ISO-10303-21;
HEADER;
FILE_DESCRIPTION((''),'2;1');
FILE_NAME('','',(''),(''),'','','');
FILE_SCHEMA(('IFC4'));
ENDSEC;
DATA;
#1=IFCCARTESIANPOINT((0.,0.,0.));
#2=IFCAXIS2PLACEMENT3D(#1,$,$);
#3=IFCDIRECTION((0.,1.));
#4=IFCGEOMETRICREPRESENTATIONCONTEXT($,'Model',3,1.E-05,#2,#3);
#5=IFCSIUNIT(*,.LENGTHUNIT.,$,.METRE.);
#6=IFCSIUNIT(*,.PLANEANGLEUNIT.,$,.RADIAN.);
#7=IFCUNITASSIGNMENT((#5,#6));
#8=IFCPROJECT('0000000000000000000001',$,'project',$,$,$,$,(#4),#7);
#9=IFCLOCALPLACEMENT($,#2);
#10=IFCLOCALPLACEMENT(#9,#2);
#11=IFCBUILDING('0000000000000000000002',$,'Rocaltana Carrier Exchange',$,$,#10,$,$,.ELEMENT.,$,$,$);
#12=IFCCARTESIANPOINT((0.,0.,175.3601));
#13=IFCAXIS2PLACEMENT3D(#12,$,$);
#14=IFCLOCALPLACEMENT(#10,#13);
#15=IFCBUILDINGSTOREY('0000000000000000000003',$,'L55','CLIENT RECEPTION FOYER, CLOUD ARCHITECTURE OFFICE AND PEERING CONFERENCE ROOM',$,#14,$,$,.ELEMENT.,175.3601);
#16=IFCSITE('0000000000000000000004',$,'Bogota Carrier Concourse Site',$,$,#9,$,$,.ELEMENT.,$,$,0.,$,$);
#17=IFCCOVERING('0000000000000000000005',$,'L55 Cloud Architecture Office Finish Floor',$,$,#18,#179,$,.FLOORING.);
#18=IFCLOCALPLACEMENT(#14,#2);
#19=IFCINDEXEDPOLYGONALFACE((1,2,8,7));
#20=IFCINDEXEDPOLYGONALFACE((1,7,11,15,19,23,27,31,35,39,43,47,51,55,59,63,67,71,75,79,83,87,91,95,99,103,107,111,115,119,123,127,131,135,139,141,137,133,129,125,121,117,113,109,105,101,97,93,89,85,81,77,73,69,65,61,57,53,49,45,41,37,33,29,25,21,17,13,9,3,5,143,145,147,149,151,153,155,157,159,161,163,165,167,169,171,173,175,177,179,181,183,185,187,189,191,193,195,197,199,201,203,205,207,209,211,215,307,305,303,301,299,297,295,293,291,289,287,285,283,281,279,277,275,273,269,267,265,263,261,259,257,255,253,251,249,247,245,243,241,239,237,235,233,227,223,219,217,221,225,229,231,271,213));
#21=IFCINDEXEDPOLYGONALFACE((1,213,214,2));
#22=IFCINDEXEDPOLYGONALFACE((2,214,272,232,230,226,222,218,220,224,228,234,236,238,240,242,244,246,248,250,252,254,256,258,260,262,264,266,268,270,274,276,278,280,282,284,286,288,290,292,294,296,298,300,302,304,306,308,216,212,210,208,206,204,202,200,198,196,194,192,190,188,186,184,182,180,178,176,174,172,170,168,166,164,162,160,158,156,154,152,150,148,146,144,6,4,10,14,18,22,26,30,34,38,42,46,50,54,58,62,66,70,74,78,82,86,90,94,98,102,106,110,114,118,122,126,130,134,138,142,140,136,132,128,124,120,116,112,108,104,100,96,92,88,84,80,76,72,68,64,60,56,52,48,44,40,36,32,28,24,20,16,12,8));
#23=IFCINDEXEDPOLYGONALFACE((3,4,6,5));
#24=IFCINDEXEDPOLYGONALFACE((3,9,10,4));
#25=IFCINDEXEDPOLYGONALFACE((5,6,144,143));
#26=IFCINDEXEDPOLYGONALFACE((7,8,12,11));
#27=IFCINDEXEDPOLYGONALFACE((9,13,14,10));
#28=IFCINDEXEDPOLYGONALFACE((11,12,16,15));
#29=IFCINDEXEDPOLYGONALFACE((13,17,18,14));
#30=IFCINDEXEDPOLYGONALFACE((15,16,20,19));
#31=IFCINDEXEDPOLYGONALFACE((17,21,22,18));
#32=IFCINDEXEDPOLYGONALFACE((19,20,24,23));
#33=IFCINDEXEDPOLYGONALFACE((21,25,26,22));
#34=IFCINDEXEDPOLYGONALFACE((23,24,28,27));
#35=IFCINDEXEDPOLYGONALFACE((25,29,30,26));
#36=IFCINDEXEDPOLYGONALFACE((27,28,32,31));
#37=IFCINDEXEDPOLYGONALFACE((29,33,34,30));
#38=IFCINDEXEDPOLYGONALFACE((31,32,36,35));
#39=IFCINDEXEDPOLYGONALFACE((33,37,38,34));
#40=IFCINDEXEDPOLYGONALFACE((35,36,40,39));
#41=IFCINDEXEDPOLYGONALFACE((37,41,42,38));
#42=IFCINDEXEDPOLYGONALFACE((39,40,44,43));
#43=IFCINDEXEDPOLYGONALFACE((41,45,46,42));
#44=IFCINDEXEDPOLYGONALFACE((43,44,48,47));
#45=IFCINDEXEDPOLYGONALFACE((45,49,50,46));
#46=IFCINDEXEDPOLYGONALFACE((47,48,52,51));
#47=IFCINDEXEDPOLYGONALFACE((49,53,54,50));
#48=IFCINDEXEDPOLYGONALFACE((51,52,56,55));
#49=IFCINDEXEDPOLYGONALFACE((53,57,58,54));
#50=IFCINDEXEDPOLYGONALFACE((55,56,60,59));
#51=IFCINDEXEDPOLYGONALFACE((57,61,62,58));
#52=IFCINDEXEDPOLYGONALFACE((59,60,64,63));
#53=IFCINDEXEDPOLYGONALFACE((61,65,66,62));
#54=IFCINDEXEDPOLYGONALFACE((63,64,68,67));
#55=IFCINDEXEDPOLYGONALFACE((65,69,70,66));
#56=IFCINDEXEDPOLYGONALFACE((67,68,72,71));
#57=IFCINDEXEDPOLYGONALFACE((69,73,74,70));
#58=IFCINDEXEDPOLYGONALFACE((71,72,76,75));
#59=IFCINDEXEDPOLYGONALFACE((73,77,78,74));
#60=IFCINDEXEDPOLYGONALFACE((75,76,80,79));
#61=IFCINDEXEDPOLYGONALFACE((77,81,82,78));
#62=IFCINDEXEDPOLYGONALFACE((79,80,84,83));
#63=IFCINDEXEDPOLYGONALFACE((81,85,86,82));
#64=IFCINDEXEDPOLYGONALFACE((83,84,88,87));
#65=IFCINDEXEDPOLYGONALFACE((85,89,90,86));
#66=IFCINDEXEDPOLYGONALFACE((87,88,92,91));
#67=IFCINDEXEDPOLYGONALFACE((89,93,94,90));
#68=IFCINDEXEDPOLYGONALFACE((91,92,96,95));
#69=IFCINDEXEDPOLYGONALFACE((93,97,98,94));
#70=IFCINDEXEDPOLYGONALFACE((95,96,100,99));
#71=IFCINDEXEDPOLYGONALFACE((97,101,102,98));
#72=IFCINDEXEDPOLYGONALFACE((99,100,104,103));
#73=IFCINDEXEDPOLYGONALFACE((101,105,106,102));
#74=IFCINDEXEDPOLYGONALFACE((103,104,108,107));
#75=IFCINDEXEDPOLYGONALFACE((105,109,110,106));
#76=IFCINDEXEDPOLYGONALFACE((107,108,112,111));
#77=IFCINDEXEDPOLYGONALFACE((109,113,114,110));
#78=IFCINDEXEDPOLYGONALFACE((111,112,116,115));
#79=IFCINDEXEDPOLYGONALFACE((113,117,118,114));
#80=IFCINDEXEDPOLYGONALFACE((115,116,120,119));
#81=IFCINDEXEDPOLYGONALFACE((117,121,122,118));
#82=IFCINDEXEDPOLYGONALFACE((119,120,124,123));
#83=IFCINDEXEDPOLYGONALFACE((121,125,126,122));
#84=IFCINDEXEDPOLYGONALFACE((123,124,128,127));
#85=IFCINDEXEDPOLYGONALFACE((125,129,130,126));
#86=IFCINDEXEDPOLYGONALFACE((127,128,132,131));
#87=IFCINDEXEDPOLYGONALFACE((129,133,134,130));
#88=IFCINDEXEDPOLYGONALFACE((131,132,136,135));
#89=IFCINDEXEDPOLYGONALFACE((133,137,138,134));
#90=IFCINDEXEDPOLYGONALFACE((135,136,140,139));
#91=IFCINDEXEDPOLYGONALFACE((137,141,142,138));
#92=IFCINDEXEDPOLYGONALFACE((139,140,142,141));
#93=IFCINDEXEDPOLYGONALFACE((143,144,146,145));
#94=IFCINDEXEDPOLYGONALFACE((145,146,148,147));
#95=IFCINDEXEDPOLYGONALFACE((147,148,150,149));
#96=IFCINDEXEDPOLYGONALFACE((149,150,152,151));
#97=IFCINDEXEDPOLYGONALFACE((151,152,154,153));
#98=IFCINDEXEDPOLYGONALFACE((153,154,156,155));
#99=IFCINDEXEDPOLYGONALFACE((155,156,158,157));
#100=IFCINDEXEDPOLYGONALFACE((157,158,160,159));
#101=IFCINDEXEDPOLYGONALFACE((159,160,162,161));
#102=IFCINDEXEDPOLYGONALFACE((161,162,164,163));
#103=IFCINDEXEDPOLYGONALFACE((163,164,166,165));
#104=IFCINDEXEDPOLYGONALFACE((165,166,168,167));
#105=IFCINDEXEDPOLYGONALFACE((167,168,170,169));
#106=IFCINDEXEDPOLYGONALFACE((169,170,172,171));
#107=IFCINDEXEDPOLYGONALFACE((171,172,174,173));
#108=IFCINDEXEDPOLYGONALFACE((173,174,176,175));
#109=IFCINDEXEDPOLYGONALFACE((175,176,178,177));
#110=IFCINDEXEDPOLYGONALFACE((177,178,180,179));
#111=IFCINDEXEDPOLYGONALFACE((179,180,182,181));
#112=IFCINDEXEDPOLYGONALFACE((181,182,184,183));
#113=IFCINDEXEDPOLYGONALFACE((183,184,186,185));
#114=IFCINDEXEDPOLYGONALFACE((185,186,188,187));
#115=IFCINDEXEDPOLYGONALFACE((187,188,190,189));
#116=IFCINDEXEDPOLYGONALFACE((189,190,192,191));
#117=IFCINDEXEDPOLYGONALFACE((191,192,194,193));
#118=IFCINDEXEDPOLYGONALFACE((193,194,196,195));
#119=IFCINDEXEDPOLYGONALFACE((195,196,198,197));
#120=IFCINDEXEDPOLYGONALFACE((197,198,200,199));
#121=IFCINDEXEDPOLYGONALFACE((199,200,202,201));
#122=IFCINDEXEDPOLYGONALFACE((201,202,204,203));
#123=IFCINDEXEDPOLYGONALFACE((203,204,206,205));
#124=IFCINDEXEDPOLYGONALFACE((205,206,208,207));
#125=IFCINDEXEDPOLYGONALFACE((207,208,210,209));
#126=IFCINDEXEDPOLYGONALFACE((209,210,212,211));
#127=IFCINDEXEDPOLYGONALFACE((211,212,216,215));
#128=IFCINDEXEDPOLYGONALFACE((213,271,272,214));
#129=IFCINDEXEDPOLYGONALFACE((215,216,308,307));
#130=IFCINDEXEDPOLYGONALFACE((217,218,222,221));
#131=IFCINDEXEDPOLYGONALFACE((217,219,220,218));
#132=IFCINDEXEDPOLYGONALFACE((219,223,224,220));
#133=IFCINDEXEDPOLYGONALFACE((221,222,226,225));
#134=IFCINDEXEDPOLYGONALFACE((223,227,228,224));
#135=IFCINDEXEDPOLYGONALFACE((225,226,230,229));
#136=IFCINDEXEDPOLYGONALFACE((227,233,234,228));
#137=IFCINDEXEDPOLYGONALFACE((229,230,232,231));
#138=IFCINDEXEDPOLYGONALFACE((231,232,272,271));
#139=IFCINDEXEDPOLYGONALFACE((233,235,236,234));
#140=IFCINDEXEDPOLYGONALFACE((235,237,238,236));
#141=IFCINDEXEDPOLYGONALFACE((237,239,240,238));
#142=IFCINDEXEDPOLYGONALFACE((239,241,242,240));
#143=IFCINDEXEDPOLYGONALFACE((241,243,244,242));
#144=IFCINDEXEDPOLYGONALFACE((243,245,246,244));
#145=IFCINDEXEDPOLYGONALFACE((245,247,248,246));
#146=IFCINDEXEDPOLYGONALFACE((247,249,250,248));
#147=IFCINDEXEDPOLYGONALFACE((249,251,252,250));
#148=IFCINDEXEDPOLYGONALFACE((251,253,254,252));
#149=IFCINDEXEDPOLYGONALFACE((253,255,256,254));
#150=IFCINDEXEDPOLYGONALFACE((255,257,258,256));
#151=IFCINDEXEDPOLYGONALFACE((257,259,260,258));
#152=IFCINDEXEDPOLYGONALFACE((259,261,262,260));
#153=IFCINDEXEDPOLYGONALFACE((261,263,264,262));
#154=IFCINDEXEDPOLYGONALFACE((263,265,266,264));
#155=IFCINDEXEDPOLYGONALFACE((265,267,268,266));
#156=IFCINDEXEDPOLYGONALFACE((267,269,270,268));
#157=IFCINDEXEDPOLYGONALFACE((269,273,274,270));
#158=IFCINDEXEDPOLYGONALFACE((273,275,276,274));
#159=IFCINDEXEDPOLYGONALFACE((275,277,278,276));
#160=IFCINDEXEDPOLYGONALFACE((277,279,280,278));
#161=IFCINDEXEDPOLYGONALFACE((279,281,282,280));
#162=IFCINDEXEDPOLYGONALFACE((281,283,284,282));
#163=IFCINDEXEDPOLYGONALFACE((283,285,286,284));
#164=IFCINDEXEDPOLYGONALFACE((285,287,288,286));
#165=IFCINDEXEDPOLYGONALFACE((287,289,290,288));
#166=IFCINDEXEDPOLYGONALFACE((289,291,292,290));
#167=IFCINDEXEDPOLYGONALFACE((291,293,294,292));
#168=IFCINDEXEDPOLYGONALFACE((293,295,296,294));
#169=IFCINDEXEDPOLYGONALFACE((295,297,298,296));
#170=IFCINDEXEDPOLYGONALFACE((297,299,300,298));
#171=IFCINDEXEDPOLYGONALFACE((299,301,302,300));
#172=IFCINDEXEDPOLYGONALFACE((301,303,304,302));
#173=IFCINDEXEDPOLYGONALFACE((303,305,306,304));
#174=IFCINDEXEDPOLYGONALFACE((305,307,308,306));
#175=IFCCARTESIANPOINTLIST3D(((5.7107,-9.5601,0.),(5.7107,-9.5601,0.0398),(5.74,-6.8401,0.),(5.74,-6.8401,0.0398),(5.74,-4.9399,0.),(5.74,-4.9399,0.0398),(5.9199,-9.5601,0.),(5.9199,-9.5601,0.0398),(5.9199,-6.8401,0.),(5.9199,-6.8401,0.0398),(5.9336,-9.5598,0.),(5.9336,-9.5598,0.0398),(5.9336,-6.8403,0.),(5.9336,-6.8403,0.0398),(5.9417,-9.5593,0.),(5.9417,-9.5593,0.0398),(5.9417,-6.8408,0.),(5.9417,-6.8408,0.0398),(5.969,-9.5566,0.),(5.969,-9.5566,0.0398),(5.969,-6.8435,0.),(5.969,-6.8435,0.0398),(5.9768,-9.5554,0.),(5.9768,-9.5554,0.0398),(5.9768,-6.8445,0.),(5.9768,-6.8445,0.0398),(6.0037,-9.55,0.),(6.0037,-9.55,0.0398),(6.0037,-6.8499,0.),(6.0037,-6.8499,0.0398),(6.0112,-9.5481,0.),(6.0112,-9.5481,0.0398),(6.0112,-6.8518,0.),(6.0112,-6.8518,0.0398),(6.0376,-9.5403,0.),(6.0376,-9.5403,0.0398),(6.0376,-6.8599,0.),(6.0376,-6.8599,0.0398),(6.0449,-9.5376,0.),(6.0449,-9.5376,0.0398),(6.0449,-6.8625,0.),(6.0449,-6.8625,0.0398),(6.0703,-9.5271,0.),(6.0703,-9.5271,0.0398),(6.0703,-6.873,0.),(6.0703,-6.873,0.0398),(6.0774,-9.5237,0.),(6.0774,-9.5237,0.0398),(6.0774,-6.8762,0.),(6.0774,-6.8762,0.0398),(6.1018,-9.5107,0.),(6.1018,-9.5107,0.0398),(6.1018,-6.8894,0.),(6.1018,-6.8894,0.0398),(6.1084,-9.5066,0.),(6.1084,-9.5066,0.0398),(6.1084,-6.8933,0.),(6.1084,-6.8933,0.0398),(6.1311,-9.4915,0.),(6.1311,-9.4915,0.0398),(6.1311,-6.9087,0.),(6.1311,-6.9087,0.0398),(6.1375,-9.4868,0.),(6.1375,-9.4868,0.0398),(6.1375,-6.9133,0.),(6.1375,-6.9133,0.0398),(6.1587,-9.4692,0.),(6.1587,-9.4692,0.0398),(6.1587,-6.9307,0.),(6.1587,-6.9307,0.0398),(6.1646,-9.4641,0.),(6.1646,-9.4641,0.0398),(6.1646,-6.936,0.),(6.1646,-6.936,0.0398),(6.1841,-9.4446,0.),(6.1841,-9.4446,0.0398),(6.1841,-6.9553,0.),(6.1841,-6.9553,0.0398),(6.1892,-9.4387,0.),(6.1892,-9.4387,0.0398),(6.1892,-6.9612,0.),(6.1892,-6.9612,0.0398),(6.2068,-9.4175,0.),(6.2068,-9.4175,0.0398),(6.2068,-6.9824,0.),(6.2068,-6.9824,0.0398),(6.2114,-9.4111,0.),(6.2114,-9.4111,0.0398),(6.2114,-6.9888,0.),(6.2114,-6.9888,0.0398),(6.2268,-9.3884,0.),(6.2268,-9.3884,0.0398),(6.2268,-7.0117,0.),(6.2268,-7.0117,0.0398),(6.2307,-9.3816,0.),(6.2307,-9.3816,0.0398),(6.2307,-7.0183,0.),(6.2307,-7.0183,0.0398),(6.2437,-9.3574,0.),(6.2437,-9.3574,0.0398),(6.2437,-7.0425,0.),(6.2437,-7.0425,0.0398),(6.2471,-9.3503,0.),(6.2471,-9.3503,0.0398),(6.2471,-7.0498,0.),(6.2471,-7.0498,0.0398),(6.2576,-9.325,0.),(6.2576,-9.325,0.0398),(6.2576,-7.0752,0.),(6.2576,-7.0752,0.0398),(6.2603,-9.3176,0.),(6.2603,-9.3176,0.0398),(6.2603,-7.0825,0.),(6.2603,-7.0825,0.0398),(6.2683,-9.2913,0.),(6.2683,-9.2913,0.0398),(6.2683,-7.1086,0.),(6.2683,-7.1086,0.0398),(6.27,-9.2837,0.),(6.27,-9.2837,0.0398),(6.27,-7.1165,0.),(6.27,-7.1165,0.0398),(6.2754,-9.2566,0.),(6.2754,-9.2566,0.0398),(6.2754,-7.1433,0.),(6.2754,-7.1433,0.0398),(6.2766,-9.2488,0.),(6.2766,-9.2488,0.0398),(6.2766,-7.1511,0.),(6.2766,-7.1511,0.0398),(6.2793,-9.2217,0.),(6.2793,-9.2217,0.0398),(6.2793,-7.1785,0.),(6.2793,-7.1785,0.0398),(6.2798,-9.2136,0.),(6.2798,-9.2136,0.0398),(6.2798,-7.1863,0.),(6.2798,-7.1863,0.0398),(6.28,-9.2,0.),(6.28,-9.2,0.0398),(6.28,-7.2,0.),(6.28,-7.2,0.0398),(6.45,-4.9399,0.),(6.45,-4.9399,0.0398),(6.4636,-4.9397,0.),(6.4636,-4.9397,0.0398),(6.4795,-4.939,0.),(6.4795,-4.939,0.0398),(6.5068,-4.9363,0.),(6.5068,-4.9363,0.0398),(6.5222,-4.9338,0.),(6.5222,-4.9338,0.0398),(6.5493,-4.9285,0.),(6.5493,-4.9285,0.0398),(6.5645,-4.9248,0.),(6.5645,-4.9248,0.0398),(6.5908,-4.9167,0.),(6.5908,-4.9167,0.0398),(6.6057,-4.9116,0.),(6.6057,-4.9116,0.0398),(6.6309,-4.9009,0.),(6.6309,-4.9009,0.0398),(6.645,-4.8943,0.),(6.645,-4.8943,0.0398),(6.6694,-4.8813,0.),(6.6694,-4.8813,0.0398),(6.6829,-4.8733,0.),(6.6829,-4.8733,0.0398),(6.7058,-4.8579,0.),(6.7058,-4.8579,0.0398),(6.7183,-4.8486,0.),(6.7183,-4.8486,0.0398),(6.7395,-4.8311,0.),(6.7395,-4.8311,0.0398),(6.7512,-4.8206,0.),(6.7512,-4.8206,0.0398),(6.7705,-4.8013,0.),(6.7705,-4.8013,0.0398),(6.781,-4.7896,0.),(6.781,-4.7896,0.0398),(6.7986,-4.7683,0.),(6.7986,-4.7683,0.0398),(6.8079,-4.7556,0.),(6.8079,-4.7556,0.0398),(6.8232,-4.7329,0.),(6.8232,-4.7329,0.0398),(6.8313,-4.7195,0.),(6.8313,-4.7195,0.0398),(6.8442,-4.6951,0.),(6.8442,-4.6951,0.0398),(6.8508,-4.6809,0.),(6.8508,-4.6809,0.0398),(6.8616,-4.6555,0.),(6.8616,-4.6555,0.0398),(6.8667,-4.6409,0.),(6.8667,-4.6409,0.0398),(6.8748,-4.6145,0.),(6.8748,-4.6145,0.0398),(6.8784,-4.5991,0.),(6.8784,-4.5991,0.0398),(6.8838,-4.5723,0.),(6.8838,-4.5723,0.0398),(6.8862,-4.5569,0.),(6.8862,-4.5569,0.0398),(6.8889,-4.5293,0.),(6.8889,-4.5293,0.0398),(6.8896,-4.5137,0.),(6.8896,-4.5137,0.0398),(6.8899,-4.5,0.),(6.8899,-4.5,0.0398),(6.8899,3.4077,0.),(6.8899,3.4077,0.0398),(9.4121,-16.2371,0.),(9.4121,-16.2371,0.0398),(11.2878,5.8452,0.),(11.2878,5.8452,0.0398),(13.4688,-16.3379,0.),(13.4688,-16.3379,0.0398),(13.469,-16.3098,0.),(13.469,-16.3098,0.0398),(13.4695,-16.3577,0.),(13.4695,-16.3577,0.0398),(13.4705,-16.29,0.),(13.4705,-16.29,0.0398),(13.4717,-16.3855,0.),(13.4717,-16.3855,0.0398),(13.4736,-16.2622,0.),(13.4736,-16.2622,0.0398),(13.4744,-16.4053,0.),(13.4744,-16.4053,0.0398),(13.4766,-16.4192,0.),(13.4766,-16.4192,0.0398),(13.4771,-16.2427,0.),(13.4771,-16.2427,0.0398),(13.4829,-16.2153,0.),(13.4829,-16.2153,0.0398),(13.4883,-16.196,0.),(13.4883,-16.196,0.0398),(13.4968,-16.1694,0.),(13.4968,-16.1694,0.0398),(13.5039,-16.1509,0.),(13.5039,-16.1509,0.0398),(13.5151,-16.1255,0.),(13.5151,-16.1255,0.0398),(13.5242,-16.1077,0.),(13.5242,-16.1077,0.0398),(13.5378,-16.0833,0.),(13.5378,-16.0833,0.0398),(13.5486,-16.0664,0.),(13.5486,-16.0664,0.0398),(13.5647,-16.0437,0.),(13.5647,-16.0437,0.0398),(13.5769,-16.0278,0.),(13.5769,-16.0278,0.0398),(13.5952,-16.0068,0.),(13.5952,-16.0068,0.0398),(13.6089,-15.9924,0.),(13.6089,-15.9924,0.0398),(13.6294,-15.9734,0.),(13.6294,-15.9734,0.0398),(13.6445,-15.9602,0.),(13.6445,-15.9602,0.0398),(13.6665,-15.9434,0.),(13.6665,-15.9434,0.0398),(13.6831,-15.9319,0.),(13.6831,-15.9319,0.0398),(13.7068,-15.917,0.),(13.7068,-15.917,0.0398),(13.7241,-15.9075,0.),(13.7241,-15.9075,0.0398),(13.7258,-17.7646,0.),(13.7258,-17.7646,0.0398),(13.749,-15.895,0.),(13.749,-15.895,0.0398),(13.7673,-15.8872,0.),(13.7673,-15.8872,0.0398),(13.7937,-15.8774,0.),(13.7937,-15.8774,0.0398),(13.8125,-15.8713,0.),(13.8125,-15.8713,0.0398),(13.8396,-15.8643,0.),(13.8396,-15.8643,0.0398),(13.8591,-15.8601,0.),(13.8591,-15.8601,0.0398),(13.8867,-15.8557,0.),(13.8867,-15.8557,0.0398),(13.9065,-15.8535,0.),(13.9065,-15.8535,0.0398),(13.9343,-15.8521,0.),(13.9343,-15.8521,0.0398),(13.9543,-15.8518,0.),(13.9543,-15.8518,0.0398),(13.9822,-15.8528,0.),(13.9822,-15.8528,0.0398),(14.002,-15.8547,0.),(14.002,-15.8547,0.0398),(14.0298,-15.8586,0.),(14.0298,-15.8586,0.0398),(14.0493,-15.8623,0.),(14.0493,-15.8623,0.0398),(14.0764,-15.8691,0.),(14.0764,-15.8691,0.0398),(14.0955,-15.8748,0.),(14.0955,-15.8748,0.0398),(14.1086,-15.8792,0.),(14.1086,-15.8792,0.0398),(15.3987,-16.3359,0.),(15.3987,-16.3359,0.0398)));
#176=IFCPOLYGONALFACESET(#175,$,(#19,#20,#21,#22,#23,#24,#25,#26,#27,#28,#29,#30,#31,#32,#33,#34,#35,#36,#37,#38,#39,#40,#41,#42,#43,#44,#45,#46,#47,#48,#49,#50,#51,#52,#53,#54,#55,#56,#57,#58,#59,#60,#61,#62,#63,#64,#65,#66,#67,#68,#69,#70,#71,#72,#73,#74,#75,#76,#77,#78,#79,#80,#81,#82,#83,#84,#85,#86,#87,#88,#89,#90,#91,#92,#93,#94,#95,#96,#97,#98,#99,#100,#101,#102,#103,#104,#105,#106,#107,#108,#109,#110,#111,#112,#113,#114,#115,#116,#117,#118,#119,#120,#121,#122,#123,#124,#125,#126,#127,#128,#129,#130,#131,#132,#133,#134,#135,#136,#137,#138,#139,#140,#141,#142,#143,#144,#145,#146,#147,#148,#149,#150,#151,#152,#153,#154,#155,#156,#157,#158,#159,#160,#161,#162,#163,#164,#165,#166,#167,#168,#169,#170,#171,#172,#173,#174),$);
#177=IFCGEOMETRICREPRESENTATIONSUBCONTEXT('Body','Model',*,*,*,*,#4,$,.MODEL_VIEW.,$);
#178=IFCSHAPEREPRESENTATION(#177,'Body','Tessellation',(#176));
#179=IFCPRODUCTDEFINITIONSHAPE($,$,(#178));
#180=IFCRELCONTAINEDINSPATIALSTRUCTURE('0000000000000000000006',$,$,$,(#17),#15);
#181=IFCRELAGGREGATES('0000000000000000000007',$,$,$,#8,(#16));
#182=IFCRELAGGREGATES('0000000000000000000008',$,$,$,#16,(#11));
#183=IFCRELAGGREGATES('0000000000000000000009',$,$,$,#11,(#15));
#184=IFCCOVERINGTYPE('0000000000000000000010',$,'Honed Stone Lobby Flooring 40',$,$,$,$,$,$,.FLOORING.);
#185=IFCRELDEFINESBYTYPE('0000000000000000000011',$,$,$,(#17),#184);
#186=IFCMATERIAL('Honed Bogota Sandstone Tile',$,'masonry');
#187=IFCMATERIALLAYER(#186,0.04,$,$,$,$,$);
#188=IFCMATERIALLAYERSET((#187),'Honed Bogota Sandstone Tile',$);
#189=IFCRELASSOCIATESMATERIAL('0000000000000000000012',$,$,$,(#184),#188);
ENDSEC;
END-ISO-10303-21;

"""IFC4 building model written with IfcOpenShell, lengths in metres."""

from ifc_helpers import new_model, si_unit, direction, frame, origin, place, context, subcontext, project, spatial, polyline, outline, extrude, material, layer, layer_set, type_object, element, save


model = new_model("IFC4")

# Units and contexts
model_context = context("Model", 3, precision=1e-05, world=origin(), true_north=direction((0.0, 1.0)))
body_context = subcontext(model_context, "Body", "Model", "MODEL_VIEW")
ifc_project = project(units=[si_unit("LENGTHUNIT", "METRE"), si_unit("PLANEANGLEUNIT", "RADIAN")], contexts=[model_context])

# Site, building, storey
site_placement = place(None, origin())
site = spatial("IfcSite", under=ifc_project, at=site_placement, Name="Bogota Carrier Concourse Site", CompositionType="ELEMENT", RefElevation=0.0)
building_placement = place(site_placement, origin())
building = spatial("IfcBuilding", under=site, at=building_placement, Name="Rocaltana Carrier Exchange", CompositionType="ELEMENT")
storey_placement = place(building_placement, frame((0.0, 0.0, 175.3601)))
storey = spatial("IfcBuildingStorey", under=building, at=storey_placement, Name="L55", Description="CLIENT RECEPTION FOYER, CLOUD ARCHITECTURE OFFICE AND PEERING CONFERENCE ROOM", CompositionType="ELEMENT", Elevation=175.3601)

# Covering
ifc_material_1 = material(Name="Honed Bogota Sandstone Tile", Category="masonry")
ifc_layer_1 = layer(ifc_material_1, 0.04)
ifc_layer_set_1 = layer_set([ifc_layer_1], Name="Honed Bogota Sandstone Tile")
covering_type_1 = type_object("IfcCoveringType", Name="Honed Stone Lobby Flooring 40", PredefinedType="FLOORING", material=ifc_layer_set_1)
covering_1_placement = place(storey_placement, origin())
element("IfcCovering", 1, at=covering_1_placement, inside=storey, type_object=covering_type_1, Name="L55 Cloud Architecture Office Finish Floor", PredefinedType="FLOORING", context=body_context, shape_type="SweptSolid", body=[
    extrude(outline(polyline([(5.74, -6.8401), (5.74, -4.9399), (6.45, -4.9399), (6.4636, -4.9397), (6.4795, -4.939), (6.5068, -4.9363), (6.5222, -4.9338), (6.5493, -4.9285), (6.5645, -4.9248), (6.5908, -4.9167), (6.6057, -4.9116), (6.6309, -4.9009), (6.645, -4.8943), (6.6694, -4.8813), (6.6829, -4.8733), (6.7058, -4.8579), (6.7183, -4.8486), (6.7395, -4.8311), (6.7512, -4.8206), (6.7705, -4.8013), (6.781, -4.7896), (6.7986, -4.7683), (6.8079, -4.7556), (6.8232, -4.7329), (6.8313, -4.7195), (6.8442, -4.6951), (6.8508, -4.6809), (6.8616, -4.6555), (6.8667, -4.6409), (6.8748, -4.6145), (6.8784, -4.5991), (6.8838, -4.5723), (6.8862, -4.5569), (6.8889, -4.5293), (6.8896, -4.5137), (6.8899, -4.5), (6.8899, 3.4077), (11.2878, 5.8452), (15.3987, -16.3359), (14.1086, -15.8792), (14.0955, -15.8748), (14.0764, -15.8691), (14.0493, -15.8623), (14.0298, -15.8586), (14.002, -15.8547), (13.9822, -15.8528), (13.9543, -15.8518), (13.9343, -15.8521), (13.9065, -15.8535), (13.8867, -15.8557), (13.8591, -15.8601), (13.8396, -15.8643), (13.8125, -15.8713), (13.7937, -15.8774), (13.7673, -15.8872), (13.749, -15.895), (13.7241, -15.9075), (13.7068, -15.917), (13.6831, -15.9319), (13.6665, -15.9434), (13.6445, -15.9602), (13.6294, -15.9734), (13.6089, -15.9924), (13.5952, -16.0068), (13.5769, -16.0278), (13.5647, -16.0437), (13.5486, -16.0664), (13.5378, -16.0833), (13.5242, -16.1077), (13.5151, -16.1255), (13.5039, -16.1509), (13.4968, -16.1694), (13.4883, -16.196), (13.4829, -16.2153), (13.4771, -16.2427), (13.4736, -16.2622), (13.4705, -16.29), (13.469, -16.3098), (13.4688, -16.3379), (13.4695, -16.3577), (13.4717, -16.3855), (13.4744, -16.4053), (13.4766, -16.4192), (13.7258, -17.7646), (9.4121, -16.2371), (5.7107, -9.5601), (5.9199, -9.5601), (5.9336, -9.5598), (5.9417, -9.5593), (5.969, -9.5566), (5.9768, -9.5554), (6.0037, -9.55), (6.0112, -9.5481), (6.0376, -9.5403), (6.0449, -9.5376), (6.0703, -9.5271), (6.0774, -9.5237), (6.1018, -9.5107), (6.1084, -9.5066), (6.1311, -9.4915), (6.1375, -9.4868), (6.1587, -9.4692), (6.1646, -9.4641), (6.1841, -9.4446), (6.1892, -9.4387), (6.2068, -9.4175), (6.2114, -9.4111), (6.2268, -9.3884), (6.2307, -9.3816), (6.2437, -9.3574), (6.2471, -9.3503), (6.2576, -9.325), (6.2603, -9.3176), (6.2683, -9.2913), (6.27, -9.2837), (6.2754, -9.2566), (6.2766, -9.2488), (6.2793, -9.2217), (6.2798, -9.2136), (6.28, -9.2), (6.28, -7.2), (6.2798, -7.1863), (6.2793, -7.1785), (6.2766, -7.1511), (6.2754, -7.1433), (6.27, -7.1165), (6.2683, -7.1086), (6.2603, -7.0825), (6.2576, -7.0752), (6.2471, -7.0498), (6.2437, -7.0425), (6.2307, -7.0183), (6.2268, -7.0117), (6.2114, -6.9888), (6.2068, -6.9824), (6.1892, -6.9612), (6.1841, -6.9553), (6.1646, -6.936), (6.1587, -6.9307), (6.1375, -6.9133), (6.1311, -6.9087), (6.1084, -6.8933), (6.1018, -6.8894), (6.0774, -6.8762), (6.0703, -6.873), (6.0449, -6.8625), (6.0376, -6.8599), (6.0112, -6.8518), (6.0037, -6.8499), (5.9768, -6.8445), (5.969, -6.8435), (5.9417, -6.8408), (5.9336, -6.8403), (5.9199, -6.8401), (5.74, -6.8401)])), origin(), (0.0, 0.0, 1.0), 0.0398),
])

save(model, "model.ifc")
